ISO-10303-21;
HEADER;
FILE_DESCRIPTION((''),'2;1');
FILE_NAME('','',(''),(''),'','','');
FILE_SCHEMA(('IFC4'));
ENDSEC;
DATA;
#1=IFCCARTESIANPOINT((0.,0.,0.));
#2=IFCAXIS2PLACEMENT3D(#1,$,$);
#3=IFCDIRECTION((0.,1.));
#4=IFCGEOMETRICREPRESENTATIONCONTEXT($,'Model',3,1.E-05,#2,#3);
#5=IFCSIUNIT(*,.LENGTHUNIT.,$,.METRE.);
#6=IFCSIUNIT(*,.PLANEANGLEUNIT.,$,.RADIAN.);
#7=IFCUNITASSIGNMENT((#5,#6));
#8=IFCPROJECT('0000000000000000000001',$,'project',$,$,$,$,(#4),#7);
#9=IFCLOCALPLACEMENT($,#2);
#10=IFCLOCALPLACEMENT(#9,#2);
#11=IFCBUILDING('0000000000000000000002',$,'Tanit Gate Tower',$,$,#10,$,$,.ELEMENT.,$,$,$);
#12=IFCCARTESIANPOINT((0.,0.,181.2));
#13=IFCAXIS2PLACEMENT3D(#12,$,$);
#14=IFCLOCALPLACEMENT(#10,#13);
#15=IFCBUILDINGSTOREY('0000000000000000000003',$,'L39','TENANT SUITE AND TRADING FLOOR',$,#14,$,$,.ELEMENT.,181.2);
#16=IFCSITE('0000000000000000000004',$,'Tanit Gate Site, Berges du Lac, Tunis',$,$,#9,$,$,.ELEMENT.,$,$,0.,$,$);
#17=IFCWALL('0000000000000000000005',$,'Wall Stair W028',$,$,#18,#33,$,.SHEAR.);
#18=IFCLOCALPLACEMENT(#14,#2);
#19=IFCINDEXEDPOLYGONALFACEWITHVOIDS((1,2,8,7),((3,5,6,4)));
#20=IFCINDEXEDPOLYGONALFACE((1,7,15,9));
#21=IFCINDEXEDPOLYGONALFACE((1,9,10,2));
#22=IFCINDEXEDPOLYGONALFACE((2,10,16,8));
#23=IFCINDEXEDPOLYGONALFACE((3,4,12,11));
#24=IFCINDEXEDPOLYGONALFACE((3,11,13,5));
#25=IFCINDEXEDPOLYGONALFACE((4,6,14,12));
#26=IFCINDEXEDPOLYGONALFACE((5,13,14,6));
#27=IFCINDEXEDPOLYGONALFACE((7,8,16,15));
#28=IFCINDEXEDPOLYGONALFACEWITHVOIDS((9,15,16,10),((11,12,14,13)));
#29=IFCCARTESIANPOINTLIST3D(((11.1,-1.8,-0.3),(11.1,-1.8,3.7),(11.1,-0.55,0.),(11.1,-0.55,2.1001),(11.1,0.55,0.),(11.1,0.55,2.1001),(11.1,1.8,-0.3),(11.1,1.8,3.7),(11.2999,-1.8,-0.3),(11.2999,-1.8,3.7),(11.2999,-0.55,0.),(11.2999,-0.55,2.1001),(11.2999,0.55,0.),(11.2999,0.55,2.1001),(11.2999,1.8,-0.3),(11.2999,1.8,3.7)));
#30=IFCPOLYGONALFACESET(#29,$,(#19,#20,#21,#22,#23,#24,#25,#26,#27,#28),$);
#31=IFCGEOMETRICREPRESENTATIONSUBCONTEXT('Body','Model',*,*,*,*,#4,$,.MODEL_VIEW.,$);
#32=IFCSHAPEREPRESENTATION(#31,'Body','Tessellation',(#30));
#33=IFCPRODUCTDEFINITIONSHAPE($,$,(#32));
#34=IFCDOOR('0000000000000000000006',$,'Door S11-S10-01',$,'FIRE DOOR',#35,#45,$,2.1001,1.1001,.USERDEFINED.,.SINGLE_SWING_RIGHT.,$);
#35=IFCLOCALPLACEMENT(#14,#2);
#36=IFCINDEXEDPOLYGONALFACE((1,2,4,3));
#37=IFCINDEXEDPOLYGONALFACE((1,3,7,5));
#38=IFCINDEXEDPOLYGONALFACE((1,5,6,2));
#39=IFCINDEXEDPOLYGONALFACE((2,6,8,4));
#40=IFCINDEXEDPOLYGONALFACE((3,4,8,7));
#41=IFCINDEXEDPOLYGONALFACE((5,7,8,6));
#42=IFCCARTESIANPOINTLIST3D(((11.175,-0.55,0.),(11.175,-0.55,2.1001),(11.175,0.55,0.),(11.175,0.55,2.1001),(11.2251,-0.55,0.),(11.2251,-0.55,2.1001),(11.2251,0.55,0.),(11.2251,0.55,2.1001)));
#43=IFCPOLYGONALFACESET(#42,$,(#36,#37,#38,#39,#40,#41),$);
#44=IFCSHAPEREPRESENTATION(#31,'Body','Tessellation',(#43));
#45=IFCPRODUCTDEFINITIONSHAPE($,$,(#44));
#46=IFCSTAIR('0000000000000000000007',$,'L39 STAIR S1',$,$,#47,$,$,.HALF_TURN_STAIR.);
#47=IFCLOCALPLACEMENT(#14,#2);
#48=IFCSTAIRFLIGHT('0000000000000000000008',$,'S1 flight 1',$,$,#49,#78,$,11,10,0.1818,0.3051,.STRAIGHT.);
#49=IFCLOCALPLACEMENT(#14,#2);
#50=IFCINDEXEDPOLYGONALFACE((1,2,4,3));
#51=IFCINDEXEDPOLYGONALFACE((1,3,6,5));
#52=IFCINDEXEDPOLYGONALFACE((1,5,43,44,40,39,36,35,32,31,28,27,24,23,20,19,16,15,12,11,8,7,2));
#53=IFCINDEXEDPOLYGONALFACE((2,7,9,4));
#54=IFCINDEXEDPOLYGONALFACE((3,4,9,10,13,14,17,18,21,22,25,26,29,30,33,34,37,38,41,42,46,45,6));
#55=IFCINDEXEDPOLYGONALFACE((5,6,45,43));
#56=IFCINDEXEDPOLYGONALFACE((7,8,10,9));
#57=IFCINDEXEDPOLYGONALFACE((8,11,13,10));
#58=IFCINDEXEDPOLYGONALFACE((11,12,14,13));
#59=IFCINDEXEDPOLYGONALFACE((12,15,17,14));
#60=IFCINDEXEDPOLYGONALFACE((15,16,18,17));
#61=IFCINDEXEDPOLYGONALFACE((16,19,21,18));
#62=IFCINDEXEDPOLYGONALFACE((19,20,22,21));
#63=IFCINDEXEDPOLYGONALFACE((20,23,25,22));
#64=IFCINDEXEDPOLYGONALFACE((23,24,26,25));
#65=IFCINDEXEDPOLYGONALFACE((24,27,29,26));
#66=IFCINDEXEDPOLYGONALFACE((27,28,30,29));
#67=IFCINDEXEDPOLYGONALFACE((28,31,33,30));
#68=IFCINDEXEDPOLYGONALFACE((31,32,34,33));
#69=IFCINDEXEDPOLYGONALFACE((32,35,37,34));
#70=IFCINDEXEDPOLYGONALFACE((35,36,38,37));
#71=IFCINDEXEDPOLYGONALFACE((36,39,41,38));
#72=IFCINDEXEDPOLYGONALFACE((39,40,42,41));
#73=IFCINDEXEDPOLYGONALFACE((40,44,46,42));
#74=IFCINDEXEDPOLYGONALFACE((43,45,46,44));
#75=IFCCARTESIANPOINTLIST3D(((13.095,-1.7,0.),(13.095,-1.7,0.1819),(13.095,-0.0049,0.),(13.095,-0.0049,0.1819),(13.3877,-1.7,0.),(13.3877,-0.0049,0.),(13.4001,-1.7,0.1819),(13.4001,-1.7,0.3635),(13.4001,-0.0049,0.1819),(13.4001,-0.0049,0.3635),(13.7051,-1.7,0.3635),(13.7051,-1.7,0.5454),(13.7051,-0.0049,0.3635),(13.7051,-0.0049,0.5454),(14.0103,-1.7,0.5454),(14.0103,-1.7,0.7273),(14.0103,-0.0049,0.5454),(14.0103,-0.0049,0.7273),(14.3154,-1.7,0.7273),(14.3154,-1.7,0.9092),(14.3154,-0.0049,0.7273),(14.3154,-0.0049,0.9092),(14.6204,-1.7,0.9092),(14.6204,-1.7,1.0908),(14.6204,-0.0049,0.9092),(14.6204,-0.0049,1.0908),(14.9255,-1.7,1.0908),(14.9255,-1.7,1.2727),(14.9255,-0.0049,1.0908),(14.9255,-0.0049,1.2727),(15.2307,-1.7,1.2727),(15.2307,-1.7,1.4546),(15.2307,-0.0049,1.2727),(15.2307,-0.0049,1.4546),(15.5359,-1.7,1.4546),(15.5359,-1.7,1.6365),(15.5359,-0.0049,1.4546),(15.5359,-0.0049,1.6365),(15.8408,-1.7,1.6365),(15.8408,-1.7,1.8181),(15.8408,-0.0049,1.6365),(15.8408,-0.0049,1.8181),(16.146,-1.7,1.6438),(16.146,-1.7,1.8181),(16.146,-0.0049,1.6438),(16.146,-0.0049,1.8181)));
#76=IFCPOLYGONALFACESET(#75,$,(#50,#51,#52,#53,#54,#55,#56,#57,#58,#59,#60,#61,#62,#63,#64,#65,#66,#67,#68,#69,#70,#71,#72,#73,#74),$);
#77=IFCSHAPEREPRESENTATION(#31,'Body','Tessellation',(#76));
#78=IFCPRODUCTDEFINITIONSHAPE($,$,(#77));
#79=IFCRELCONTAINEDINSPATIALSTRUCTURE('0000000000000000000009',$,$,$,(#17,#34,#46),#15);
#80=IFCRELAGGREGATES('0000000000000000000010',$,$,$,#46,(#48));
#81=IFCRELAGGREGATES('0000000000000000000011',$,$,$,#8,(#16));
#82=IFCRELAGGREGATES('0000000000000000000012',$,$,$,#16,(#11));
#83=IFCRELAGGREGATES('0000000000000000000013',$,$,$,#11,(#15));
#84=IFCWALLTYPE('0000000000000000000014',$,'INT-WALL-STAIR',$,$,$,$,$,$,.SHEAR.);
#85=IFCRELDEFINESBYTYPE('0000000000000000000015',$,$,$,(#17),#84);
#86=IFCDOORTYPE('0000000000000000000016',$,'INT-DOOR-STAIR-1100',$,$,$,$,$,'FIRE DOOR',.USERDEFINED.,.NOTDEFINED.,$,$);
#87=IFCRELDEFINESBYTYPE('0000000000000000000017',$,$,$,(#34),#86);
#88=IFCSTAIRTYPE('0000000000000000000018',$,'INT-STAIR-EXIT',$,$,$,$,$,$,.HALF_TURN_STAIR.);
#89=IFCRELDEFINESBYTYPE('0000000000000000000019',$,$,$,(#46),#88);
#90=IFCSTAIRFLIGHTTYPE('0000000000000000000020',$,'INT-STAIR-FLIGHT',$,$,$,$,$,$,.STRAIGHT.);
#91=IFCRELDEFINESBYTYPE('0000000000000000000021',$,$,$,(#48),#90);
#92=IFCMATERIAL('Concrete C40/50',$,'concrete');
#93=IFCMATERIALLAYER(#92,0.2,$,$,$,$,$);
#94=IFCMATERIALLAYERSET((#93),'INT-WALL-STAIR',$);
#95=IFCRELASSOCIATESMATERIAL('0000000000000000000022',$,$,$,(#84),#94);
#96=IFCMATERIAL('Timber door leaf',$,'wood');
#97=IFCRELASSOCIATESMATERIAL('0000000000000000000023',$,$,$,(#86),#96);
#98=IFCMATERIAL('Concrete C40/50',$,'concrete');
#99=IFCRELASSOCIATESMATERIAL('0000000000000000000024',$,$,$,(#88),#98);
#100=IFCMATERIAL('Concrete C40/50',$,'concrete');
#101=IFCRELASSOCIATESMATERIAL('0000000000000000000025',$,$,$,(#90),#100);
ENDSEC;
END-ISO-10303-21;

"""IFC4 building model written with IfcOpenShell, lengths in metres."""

from ifc_helpers import new_model, si_unit, direction, frame, frame_2d, origin, place, context, subcontext, project, spatial, polyline, rectangle, outline, extrude, material, layer, layer_set, type_object, element, fill, aggregate, save


model = new_model("IFC4")

# Units and contexts
model_context = context("Model", 3, precision=1e-05, world=origin(), true_north=direction((0.0, 1.0)))
body_context = subcontext(model_context, "Body", "Model", "MODEL_VIEW")
ifc_project = project(units=[si_unit("LENGTHUNIT", "METRE"), si_unit("PLANEANGLEUNIT", "RADIAN")], contexts=[model_context])

# Site, building, storey
site_placement = place(None, origin())
site = spatial("IfcSite", under=ifc_project, at=site_placement, Name="Tanit Gate Site, Berges du Lac, Tunis", CompositionType="ELEMENT", RefElevation=0.0)
building_placement = place(site_placement, origin())
building = spatial("IfcBuilding", under=site, at=building_placement, Name="Tanit Gate Tower", CompositionType="ELEMENT")
storey_placement = place(building_placement, frame((0.0, 0.0, 181.2)))
storey = spatial("IfcBuildingStorey", under=building, at=storey_placement, Name="L39", Description="TENANT SUITE AND TRADING FLOOR", CompositionType="ELEMENT", Elevation=181.2)

# Shared definitions
ifc_material_1 = material(Name="Concrete C40/50", Category="concrete")
ifc_layer_1 = layer(ifc_material_1, 0.2)
ifc_layer_set_1 = layer_set([ifc_layer_1], Name="INT-WALL-STAIR")
wall_type_1 = type_object("IfcWallType", Name="INT-WALL-STAIR", PredefinedType="SHEAR", material=ifc_layer_set_1)

# Wall, opening, door
wall_1_placement = place(storey_placement, frame((11.2, -1.8, -0.3), z_axis=(0.0, 0.0, 1.0), x_axis=(0.0, 1.0, 0.0)))
wall_1 = element("IfcWall", 1, at=wall_1_placement, inside=storey, type_object=wall_type_1, Name="Wall Stair W028", PredefinedType="SHEAR", context=body_context, shape_type="SweptSolid", body=[
    extrude(rectangle(XDim=3.6001, YDim=0.2, at=frame_2d((1.8, 0.0))), origin(), (0.0, 0.0, 1.0), 4.0),
])
opening_1_placement = place(wall_1_placement, frame((1.25, 0.0, 0.3)))
opening_1 = element("IfcOpeningElement", 2, at=opening_1_placement, cuts=wall_1, PredefinedType="OPENING", context=body_context, shape_type="SweptSolid", body=[
    extrude(rectangle(XDim=1.1001, YDim=2.1001, at=frame_2d((0.55, 1.05))), frame((0.0, 0.1099, 0.0), z_axis=(0.0, -1.0, 0.0), x_axis=(1.0, 0.0, 0.0)), (0.0, 0.0, 1.0), 0.22),
])
ifc_material_2 = material(Name="Timber door leaf", Category="wood")
door_type_1 = type_object("IfcDoorType", Name="INT-DOOR-STAIR-1100", ElementType="FIRE DOOR", OperationType="NOTDEFINED", PredefinedType="USERDEFINED", material=ifc_material_2)
door_1_placement = place(opening_1_placement, origin())
door_1 = element("IfcDoor", 3, at=door_1_placement, inside=storey, type_object=door_type_1, Name="Door S11-S10-01", ObjectType="FIRE DOOR", OperationType="SINGLE_SWING_RIGHT", OverallHeight=2.1001, OverallWidth=1.1001, PredefinedType="USERDEFINED", context=body_context, shape_type="SweptSolid", body=[
    extrude(rectangle(XDim=1.1001, YDim=2.1001, at=frame_2d((0.55, 1.05))), frame((0.0, 0.0249, 0.0), z_axis=(0.0, -1.0, 0.0), x_axis=(1.0, 0.0, 0.0)), (0.0, 0.0, 1.0), 0.05),
])
fill(opening_1, door_1)

# Stair, stair flight
ifc_material_3 = material(Name="Concrete C40/50", Category="concrete")
stair_type = type_object("IfcStairType", Name="INT-STAIR-EXIT", PredefinedType="HALF_TURN_STAIR", material=ifc_material_3)
stair_placement = place(storey_placement, origin())
stair = element("IfcStair", 4, at=stair_placement, inside=storey, type_object=stair_type, Name="L39 STAIR S1", PredefinedType="HALF_TURN_STAIR")
ifc_material_4 = material(Name="Concrete C40/50", Category="concrete")
stair_flight_type = type_object("IfcStairFlightType", Name="INT-STAIR-FLIGHT", PredefinedType="STRAIGHT", material=ifc_material_4)
stair_flight_placement = place(storey_placement, frame((13.095, -0.8525, 0.0), z_axis=(0.0, 0.0, 1.0), x_axis=(1.0, 0.0, 0.0)))
stair_flight = element("IfcStairFlight", 5, at=stair_flight_placement, type_object=stair_flight_type, Name="S1 flight 1", NumberOfRisers=11, NumberOfTreads=10, PredefinedType="STRAIGHT", RiserHeight=0.1818, TreadLength=0.3051, context=body_context, shape_type="SweptSolid", body=[
    extrude(outline(polyline([(0.0, 0.0), (0.0, 0.1819), (0.3052, 0.1819), (0.3052, 0.3635), (0.6101, 0.3635), (0.6101, 0.5454), (0.9153, 0.5454), (0.9153, 0.7273), (1.2205, 0.7273), (1.2205, 0.9092), (1.5254, 0.9092), (1.5254, 1.0908), (1.8306, 1.0908), (1.8306, 1.2727), (2.1357, 1.2727), (2.1357, 1.4546), (2.4409, 1.4546), (2.4409, 1.6365), (2.7458, 1.6365), (2.7458, 1.8181), (3.051, 1.8181), (3.051, 2.0), (3.051, 1.6438), (0.2927, 0.0), (0.0, 0.0)])), frame((0.0, 0.8477, 0.0), z_axis=(0.0, -1.0, 0.0), x_axis=(1.0, 0.0, 0.0)), (0.0, 0.0, 1.0), 1.6951),
])
aggregate(stair, [stair_flight])

save(model, "model.ifc")
